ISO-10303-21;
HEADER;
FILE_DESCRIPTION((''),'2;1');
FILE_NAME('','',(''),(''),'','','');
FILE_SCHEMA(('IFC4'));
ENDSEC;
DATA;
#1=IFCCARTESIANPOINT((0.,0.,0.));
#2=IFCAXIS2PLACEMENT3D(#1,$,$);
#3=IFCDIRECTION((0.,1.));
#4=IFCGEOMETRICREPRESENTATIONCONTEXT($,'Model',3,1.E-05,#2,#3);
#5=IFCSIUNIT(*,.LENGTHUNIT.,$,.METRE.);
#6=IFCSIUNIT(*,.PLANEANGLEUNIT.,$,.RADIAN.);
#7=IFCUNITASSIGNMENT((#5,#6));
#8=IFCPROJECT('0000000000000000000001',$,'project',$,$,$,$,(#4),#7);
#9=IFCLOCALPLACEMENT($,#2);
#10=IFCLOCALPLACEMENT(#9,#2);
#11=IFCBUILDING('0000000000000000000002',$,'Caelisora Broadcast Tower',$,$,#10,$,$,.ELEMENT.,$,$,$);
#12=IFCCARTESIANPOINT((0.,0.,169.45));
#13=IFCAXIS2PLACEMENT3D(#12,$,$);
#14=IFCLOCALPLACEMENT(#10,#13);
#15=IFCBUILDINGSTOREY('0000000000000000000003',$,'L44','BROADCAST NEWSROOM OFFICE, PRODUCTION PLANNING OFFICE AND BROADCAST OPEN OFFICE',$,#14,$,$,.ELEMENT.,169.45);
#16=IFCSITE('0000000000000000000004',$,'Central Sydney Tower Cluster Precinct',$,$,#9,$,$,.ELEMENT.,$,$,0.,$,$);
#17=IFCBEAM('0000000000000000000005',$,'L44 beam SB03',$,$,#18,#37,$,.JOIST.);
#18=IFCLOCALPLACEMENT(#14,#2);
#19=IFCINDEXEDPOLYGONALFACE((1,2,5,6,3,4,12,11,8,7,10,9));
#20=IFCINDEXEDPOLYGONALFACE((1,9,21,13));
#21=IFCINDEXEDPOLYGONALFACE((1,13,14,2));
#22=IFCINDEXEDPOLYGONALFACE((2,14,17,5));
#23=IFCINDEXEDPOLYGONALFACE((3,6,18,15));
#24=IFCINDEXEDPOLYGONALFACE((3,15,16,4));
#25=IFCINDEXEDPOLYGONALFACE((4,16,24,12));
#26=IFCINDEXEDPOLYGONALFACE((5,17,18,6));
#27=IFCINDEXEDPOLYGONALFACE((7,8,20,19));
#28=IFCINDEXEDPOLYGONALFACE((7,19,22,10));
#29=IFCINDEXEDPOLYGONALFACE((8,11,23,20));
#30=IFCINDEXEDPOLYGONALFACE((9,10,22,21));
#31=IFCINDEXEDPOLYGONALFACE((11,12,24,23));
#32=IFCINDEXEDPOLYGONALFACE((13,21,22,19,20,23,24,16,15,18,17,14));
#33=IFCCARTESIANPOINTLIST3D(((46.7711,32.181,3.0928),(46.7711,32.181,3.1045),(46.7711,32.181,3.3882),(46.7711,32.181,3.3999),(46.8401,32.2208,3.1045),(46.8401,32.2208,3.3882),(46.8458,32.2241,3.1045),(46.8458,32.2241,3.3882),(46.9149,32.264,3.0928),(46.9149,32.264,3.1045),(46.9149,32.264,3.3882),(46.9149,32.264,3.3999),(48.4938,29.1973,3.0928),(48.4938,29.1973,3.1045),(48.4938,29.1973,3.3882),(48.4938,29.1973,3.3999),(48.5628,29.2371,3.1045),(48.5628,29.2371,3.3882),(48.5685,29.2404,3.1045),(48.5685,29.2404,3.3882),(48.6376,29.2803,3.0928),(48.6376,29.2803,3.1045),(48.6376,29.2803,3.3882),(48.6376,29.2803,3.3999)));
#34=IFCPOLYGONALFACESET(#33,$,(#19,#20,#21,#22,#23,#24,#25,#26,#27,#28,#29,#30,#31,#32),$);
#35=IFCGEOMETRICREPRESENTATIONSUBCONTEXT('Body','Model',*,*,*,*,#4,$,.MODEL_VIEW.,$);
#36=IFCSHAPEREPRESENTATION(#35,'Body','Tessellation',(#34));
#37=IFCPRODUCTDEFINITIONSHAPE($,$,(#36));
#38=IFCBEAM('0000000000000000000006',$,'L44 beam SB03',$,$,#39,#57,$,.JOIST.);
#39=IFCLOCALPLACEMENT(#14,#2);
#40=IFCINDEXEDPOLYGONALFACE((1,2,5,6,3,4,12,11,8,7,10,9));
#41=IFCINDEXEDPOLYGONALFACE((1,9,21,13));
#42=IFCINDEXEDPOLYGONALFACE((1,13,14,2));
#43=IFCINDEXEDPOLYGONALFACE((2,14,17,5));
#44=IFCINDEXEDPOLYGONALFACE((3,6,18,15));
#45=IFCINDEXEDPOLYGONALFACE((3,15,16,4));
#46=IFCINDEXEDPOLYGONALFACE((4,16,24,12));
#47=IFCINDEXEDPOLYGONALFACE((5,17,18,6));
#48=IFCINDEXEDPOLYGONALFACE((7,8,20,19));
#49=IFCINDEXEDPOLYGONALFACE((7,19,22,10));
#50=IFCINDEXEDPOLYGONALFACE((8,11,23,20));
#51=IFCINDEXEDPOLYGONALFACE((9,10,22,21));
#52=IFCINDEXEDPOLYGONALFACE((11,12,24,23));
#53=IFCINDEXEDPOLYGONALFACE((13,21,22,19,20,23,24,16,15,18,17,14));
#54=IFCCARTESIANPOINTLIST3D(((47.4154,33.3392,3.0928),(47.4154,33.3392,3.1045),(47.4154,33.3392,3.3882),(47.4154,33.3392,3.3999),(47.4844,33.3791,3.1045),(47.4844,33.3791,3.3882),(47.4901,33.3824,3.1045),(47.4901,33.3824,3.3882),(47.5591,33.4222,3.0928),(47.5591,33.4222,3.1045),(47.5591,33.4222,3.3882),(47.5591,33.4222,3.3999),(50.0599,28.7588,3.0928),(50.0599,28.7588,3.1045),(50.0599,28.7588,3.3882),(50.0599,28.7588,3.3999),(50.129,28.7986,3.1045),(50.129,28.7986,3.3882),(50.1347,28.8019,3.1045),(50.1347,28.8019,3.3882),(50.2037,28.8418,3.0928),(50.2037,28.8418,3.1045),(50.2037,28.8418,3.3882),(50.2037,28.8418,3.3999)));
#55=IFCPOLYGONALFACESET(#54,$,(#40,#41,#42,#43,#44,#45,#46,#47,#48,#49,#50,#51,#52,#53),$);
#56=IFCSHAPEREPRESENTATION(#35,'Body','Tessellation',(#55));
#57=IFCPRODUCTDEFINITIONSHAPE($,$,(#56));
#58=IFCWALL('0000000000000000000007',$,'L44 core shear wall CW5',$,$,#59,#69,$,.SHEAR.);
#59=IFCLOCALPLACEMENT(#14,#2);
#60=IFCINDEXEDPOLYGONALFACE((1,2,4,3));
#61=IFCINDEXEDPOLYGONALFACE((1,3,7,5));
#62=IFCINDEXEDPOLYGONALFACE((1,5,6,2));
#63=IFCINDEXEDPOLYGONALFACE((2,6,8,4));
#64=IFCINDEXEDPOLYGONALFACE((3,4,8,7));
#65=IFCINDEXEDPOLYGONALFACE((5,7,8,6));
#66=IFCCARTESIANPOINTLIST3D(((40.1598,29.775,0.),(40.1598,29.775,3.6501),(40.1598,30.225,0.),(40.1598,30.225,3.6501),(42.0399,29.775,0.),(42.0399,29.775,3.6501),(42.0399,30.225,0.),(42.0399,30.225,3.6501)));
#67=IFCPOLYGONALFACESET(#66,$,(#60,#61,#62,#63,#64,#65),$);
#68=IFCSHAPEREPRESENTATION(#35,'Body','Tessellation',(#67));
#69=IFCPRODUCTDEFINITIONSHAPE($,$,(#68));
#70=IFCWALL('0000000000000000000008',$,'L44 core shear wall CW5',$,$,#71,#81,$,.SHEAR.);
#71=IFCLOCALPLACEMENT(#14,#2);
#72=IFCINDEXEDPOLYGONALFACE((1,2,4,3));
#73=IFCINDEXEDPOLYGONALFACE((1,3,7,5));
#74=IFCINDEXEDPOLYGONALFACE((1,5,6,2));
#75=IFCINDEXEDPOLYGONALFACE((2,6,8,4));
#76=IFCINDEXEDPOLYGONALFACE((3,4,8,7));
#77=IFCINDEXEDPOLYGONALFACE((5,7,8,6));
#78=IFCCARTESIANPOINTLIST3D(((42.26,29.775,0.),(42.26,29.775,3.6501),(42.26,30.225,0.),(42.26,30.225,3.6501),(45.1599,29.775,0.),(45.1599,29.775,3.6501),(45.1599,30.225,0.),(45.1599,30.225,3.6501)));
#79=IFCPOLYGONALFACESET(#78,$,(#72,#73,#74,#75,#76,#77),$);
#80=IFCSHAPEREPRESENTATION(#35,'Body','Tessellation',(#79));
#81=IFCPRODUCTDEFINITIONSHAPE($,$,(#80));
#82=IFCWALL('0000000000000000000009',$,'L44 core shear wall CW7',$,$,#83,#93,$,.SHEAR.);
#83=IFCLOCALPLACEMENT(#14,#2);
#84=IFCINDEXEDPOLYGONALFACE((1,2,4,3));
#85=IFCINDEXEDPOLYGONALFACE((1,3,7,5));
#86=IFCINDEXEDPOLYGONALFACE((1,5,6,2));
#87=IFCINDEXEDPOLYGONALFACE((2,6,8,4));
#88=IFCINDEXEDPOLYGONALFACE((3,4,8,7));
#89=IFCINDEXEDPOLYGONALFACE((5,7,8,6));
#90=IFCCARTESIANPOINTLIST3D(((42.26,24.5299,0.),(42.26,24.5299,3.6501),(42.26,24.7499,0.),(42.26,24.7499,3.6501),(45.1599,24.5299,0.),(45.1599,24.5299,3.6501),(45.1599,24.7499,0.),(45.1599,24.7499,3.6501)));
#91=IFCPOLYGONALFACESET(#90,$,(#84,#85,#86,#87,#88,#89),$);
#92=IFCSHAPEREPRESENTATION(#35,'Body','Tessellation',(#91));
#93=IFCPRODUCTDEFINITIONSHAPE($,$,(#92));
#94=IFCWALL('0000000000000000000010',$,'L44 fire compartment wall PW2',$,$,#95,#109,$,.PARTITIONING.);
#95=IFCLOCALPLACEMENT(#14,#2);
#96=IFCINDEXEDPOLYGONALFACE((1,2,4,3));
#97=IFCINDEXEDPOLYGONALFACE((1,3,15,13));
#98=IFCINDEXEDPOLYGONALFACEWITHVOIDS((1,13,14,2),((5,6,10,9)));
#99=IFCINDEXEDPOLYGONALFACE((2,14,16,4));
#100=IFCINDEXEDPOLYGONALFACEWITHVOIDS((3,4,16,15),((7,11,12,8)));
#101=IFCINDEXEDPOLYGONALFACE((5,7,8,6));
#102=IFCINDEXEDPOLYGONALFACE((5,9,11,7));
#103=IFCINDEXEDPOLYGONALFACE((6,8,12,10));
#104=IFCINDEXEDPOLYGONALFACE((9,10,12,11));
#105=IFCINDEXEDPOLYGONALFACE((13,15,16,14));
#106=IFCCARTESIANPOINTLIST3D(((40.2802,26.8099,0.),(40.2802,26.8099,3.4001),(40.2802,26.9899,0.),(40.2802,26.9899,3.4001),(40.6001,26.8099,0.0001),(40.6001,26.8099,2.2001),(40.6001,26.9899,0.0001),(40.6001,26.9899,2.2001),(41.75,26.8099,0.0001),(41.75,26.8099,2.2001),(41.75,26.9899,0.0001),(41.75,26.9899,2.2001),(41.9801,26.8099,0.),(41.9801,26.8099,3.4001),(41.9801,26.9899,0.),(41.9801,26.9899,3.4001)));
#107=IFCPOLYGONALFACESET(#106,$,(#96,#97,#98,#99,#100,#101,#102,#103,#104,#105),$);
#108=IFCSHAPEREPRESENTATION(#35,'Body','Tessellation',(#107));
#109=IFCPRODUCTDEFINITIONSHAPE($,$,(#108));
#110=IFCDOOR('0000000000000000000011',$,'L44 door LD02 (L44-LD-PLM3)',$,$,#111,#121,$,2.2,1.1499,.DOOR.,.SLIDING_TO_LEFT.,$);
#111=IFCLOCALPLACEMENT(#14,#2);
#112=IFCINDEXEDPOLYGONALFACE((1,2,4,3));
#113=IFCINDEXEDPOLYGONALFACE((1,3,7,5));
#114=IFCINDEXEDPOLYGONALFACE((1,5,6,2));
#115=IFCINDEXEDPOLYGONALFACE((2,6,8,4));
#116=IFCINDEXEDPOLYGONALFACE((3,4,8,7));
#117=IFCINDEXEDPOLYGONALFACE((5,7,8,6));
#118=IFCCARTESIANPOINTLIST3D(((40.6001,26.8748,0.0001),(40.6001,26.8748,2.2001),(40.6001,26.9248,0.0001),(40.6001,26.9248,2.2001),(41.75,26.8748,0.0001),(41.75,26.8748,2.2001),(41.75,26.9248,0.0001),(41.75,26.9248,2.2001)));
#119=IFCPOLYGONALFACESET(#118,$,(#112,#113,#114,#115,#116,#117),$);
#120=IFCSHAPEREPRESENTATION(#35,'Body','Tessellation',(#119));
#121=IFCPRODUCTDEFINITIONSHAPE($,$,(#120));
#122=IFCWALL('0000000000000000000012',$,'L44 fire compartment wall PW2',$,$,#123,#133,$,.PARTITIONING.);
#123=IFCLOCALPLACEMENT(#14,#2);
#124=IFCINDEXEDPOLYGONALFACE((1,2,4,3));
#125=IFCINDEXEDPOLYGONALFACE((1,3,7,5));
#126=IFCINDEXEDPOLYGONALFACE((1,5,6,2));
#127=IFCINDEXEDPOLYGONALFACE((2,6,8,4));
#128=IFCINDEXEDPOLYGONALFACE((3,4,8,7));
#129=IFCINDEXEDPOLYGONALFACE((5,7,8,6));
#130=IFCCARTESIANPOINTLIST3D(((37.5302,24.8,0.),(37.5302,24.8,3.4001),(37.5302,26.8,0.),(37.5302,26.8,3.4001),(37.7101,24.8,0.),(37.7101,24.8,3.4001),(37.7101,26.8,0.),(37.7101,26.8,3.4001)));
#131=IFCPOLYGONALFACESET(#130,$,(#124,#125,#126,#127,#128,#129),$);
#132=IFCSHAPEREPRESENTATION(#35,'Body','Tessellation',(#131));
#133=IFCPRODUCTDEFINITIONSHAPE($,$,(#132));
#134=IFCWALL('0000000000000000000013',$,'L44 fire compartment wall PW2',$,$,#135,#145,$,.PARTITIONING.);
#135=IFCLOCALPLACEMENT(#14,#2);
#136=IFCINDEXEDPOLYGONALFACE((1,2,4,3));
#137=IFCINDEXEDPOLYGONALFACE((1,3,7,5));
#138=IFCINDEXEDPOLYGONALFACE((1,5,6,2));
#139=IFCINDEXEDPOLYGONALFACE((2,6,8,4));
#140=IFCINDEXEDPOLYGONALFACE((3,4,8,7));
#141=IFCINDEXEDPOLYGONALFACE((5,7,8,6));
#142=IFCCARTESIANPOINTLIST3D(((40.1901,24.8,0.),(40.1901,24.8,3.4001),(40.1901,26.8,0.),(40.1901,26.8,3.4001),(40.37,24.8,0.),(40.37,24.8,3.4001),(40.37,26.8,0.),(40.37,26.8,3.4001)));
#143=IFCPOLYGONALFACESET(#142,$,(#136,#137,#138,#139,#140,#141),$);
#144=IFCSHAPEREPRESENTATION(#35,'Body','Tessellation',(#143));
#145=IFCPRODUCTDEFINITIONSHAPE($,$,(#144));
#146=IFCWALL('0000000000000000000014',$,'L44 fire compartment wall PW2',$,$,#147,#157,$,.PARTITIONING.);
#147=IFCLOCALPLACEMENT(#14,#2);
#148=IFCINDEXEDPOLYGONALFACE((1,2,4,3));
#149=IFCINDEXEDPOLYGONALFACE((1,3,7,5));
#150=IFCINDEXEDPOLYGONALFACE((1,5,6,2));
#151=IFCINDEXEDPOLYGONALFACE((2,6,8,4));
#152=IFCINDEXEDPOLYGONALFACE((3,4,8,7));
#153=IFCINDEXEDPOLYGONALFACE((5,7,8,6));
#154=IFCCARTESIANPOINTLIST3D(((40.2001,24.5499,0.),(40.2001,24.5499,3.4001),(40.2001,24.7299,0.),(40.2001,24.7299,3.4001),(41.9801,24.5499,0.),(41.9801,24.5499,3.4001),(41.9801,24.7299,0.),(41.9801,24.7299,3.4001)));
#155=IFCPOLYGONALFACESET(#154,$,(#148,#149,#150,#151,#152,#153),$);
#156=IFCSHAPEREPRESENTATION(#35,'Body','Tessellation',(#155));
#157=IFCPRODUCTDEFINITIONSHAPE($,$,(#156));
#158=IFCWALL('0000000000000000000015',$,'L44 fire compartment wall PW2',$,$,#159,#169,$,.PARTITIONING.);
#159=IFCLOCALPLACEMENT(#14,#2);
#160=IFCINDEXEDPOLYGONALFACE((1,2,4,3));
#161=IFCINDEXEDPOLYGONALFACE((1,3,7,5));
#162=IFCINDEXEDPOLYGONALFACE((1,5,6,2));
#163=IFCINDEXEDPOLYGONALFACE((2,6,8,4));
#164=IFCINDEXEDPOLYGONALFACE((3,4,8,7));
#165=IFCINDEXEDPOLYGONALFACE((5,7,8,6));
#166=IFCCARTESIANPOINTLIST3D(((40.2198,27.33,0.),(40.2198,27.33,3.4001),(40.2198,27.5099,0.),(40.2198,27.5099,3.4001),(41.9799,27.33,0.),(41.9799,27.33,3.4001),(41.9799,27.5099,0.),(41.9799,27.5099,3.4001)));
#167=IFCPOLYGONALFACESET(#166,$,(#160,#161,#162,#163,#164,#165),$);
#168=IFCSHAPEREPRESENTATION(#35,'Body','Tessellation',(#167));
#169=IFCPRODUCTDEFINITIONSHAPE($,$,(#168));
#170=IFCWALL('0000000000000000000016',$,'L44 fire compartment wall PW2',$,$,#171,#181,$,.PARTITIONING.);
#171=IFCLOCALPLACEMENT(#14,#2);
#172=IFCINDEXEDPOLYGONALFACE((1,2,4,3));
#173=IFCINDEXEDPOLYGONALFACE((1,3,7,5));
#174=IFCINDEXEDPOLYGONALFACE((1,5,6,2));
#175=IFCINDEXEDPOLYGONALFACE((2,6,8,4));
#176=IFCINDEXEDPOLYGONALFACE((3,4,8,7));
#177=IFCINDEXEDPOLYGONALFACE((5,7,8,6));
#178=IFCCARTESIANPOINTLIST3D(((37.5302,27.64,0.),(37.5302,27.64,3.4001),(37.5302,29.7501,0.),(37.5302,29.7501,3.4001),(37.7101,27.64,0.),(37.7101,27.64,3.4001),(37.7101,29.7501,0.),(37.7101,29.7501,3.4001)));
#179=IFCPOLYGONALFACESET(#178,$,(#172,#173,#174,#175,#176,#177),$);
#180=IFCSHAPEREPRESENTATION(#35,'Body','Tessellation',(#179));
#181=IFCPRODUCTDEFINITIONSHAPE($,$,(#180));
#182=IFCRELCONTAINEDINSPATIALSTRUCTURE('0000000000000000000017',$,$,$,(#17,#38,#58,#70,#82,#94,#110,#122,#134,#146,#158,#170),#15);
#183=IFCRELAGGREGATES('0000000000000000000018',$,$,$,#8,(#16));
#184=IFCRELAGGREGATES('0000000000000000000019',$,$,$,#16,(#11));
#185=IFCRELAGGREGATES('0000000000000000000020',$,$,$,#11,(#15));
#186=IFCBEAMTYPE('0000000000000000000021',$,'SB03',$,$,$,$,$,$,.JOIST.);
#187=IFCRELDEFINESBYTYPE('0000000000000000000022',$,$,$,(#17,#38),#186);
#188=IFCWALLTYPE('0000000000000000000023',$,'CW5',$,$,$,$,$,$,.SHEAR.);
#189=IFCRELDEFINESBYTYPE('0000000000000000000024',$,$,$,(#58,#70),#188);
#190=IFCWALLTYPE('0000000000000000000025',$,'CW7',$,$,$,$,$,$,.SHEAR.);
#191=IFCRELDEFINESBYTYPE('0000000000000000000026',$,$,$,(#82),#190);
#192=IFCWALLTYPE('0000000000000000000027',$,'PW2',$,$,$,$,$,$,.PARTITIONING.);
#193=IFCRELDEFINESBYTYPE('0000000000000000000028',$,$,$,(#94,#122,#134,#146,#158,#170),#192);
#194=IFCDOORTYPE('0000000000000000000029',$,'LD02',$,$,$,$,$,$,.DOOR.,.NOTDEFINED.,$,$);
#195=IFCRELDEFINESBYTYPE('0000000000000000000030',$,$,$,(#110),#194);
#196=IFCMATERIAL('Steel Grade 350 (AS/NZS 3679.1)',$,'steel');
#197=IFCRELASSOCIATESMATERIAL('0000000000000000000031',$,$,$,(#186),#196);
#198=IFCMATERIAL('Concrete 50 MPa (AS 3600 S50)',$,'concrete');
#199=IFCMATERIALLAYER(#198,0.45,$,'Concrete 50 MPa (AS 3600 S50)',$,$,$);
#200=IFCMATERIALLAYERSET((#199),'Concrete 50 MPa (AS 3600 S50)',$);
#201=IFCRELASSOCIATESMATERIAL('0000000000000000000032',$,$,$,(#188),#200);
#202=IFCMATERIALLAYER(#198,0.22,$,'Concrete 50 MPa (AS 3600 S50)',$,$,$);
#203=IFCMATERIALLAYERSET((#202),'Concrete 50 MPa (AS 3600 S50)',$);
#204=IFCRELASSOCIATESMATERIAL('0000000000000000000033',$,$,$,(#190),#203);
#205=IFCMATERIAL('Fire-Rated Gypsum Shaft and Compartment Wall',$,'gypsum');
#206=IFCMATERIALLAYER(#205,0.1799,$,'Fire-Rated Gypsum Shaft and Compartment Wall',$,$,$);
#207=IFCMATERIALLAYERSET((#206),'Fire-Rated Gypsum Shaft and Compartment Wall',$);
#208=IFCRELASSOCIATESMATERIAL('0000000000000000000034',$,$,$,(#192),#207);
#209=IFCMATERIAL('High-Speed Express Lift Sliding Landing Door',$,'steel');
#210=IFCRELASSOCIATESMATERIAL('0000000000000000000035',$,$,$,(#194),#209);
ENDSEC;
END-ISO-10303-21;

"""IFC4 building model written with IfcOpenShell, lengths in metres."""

from ifc_helpers import new_model, si_unit, direction, frame, frame_2d, origin, origin_2d, place, context, subcontext, project, spatial, rectangle, i_section, extrude, source, transform, mapped, material, layer, layer_set, material_profile, profile_set, type_object, type_shapes, element, fill, save


model = new_model("IFC4")

# Units and contexts
model_context = context("Model", 3, precision=1e-05, world=origin(), true_north=direction((0.0, 1.0)))
body_context = subcontext(model_context, "Body", "Model", "MODEL_VIEW")
ifc_project = project(units=[si_unit("LENGTHUNIT", "METRE"), si_unit("PLANEANGLEUNIT", "RADIAN")], contexts=[model_context])

# Site, building, storey
site_placement = place(None, origin())
site = spatial("IfcSite", under=ifc_project, at=site_placement, Name="Central Sydney Tower Cluster Precinct", CompositionType="ELEMENT", RefElevation=0.0)
building_placement = place(site_placement, origin())
building = spatial("IfcBuilding", under=site, at=building_placement, Name="Caelisora Broadcast Tower", CompositionType="ELEMENT")
storey_placement = place(building_placement, frame((0.0, 0.0, 169.45)))
storey = spatial("IfcBuildingStorey", under=building, at=storey_placement, Name="L44", Description="BROADCAST NEWSROOM OFFICE, PRODUCTION PLANNING OFFICE AND BROADCAST OPEN OFFICE", CompositionType="ELEMENT", Elevation=169.45)

# Beams
ifc_material_1 = material(Name="Concrete 50 MPa (AS 3600 S50)", Category="concrete")
ifc_material_2 = material(Name="Steel Grade 350 (AS/NZS 3679.1)", Category="steel")
ifc_material_profile_1 = material_profile(ifc_material_2, i_section(OverallWidth=0.166, OverallDepth=0.3071, WebThickness=0.0066, FlangeThickness=0.0117, at=origin_2d()), Name="Steel Grade 350 (AS/NZS 3679.1)")
ifc_profile_set_1 = profile_set([ifc_material_profile_1], Name="Steel Grade 350 (AS/NZS 3679.1)")
beam_type_1 = type_object("IfcBeamType", Name="SB03", PredefinedType="JOIST", material=ifc_profile_set_1)
shared_shape_1 = source(origin(), body_context, "Body", "SweptSolid", [
    extrude(i_section(OverallWidth=0.166, OverallDepth=0.3071, WebThickness=0.0066, FlangeThickness=0.0117, at=origin_2d()), origin(), (0.0, 0.0, 1.0), 3.4453),
])
beam_1_placement = place(storey_placement, frame((48.5657, 29.2388, 3.2463), z_axis=(-0.500011, 0.866019, 0.0), x_axis=(-0.866019, -0.500011, 0.0)))
element("IfcBeam", 1, at=beam_1_placement, inside=storey, type_object=beam_type_1, Name="L44 beam SB03", PredefinedType="JOIST", context=body_context, shape_type="MappedRepresentation", body=[
    mapped(shared_shape_1, transform((0.0, 0.0, 0.0), scale=1.0)),
])
shared_shape_2 = source(origin(), body_context, "Body", "SweptSolid", [
    extrude(i_section(OverallWidth=0.166, OverallDepth=0.3071, WebThickness=0.0066, FlangeThickness=0.0117, at=origin_2d()), origin(), (0.0, 0.0, 1.0), 5.2891),
])
type_shapes(beam_type_1, [shared_shape_1, shared_shape_2])
beam_2_placement = place(storey_placement, frame((50.1318, 28.8003, 3.2463), z_axis=(-0.500011, 0.866019, 0.0), x_axis=(-0.866019, -0.500011, 0.0)))
element("IfcBeam", 2, at=beam_2_placement, inside=storey, type_object=beam_type_1, Name="L44 beam SB03", PredefinedType="JOIST", context=body_context, shape_type="MappedRepresentation", body=[
    mapped(shared_shape_2, transform((0.0, 0.0, 0.0), scale=1.0)),
])

# Walls
ifc_layer_1 = layer(ifc_material_1, 0.45, Name="Concrete 50 MPa (AS 3600 S50)")
ifc_layer_set_1 = layer_set([ifc_layer_1], Name="Concrete 50 MPa (AS 3600 S50)")
wall_type_1 = type_object("IfcWallType", Name="CW5", PredefinedType="SHEAR", material=ifc_layer_set_1)
wall_1_placement = place(storey_placement, frame((40.1599, 30.0, 0.0), z_axis=(0.0, 0.0, 1.0), x_axis=(1.0, 0.0, 0.0)))
element("IfcWall", 3, at=wall_1_placement, inside=storey, type_object=wall_type_1, Name="L44 core shear wall CW5", PredefinedType="SHEAR", context=body_context, shape_type="SweptSolid", body=[
    extrude(rectangle(XDim=1.8801, YDim=0.45, at=frame_2d((0.9399, 0.0))), origin(), (0.0, 0.0, 1.0), 3.6501),
])
wall_2_placement = place(storey_placement, frame((42.26, 30.0, 0.0), z_axis=(0.0, 0.0, 1.0), x_axis=(1.0, 0.0, 0.0)))
element("IfcWall", 4, at=wall_2_placement, inside=storey, type_object=wall_type_1, Name="L44 core shear wall CW5", PredefinedType="SHEAR", context=body_context, shape_type="SweptSolid", body=[
    extrude(rectangle(XDim=2.8999, YDim=0.45, at=frame_2d((1.45, 0.0))), origin(), (0.0, 0.0, 1.0), 3.6501),
])
ifc_layer_2 = layer(ifc_material_1, 0.22, Name="Concrete 50 MPa (AS 3600 S50)")
ifc_layer_set_2 = layer_set([ifc_layer_2], Name="Concrete 50 MPa (AS 3600 S50)")
wall_type_2 = type_object("IfcWallType", Name="CW7", PredefinedType="SHEAR", material=ifc_layer_set_2)
wall_3_placement = place(storey_placement, frame((42.26, 24.6399, 0.0), z_axis=(0.0, 0.0, 1.0), x_axis=(1.0, 0.0, 0.0)))
element("IfcWall", 5, at=wall_3_placement, inside=storey, type_object=wall_type_2, Name="L44 core shear wall CW7", PredefinedType="SHEAR", context=body_context, shape_type="SweptSolid", body=[
    extrude(rectangle(XDim=2.8999, YDim=0.22, at=frame_2d((1.45, 0.0))), origin(), (0.0, 0.0, 1.0), 3.6501),
])

# Wall, opening, door
ifc_material_3 = material(Name="Fire-Rated Gypsum Shaft and Compartment Wall", Category="gypsum")
ifc_layer_3 = layer(ifc_material_3, 0.1799, Name="Fire-Rated Gypsum Shaft and Compartment Wall")
ifc_layer_set_3 = layer_set([ifc_layer_3], Name="Fire-Rated Gypsum Shaft and Compartment Wall")
wall_type_3 = type_object("IfcWallType", Name="PW2", PredefinedType="PARTITIONING", material=ifc_layer_set_3)
wall_4_placement = place(storey_placement, frame((40.28, 26.8999, 0.0), z_axis=(0.0, 0.0, 1.0), x_axis=(1.0, 0.0, 0.0)))
wall_4 = element("IfcWall", 6, at=wall_4_placement, inside=storey, type_object=wall_type_3, Name="L44 fire compartment wall PW2", PredefinedType="PARTITIONING", context=body_context, shape_type="SweptSolid", body=[
    extrude(rectangle(XDim=1.7, YDim=0.1799, at=frame_2d((0.8501, 0.0))), origin(), (0.0, 0.0, 1.0), 3.4001),
])
opening_placement = place(wall_4_placement, frame((0.3201, 0.0, 0.0)))
opening = element("IfcOpeningElement", 7, at=opening_placement, cuts=wall_4, PredefinedType="OPENING", context=body_context, shape_type="SweptSolid", body=[
    extrude(rectangle(XDim=1.1499, YDim=2.2, at=frame_2d((0.575, 1.1001))), frame((0.0, 0.1021, 0.0), z_axis=(0.0, -1.0, 0.0), x_axis=(1.0, 0.0, 0.0)), (0.0, 0.0, 1.0), 0.2039),
])
ifc_material_4 = material(Name="High-Speed Express Lift Sliding Landing Door", Category="steel")
door_type = type_object("IfcDoorType", Name="LD02", OperationType="NOTDEFINED", PredefinedType="DOOR", material=ifc_material_4)
door_placement = place(opening_placement, origin())
door = element("IfcDoor", 8, at=door_placement, inside=storey, type_object=door_type, Name="L44 door LD02 (L44-LD-PLM3)", OperationType="SLIDING_TO_LEFT", OverallHeight=2.2, OverallWidth=1.1499, PredefinedType="DOOR", context=body_context, shape_type="SweptSolid", body=[
    extrude(rectangle(XDim=1.1499, YDim=2.2, at=frame_2d((0.575, 1.1001))), frame((0.0, 0.0249, 0.0), z_axis=(0.0, -1.0, 0.0), x_axis=(1.0, 0.0, 0.0)), (0.0, 0.0, 1.0), 0.05),
])
fill(opening, door)

# Walls
for number, where, z_axis, x_axis, name in (
    (9, (37.6201, 24.8, 0.0), (0.0, 0.0, 1.0), (0.0, 1.0, 0.0), "L44 fire compartment wall PW2"),
    (10, (40.28, 24.8, 0.0), (0.0, 0.0, 1.0), (0.0, 1.0, 0.0), "L44 fire compartment wall PW2"),
):
    element("IfcWall", number, at=place(storey_placement, frame(where, z_axis=z_axis, x_axis=x_axis)), inside=storey, type_object=wall_type_3, Name=name, PredefinedType="PARTITIONING", context=body_context, shape_type="SweptSolid", body=[
        extrude(rectangle(XDim=2.0, YDim=0.1799, at=frame_2d((1.0, 0.0))), origin(), (0.0, 0.0, 1.0), 3.4001),
    ])
wall_5_placement = place(storey_placement, frame((40.2, 24.6399, 0.0), z_axis=(0.0, 0.0, 1.0), x_axis=(1.0, 0.0, 0.0)))
element("IfcWall", 11, at=wall_5_placement, inside=storey, type_object=wall_type_3, Name="L44 fire compartment wall PW2", PredefinedType="PARTITIONING", context=body_context, shape_type="SweptSolid", body=[
    extrude(rectangle(XDim=1.78, YDim=0.1799, at=frame_2d((0.8901, 0.0))), origin(), (0.0, 0.0, 1.0), 3.4001),
])
wall_6_placement = place(storey_placement, frame((40.22, 27.4199, 0.0), z_axis=(0.0, 0.0, 1.0), x_axis=(1.0, 0.0, 0.0)))
element("IfcWall", 12, at=wall_6_placement, inside=storey, type_object=wall_type_3, Name="L44 fire compartment wall PW2", PredefinedType="PARTITIONING", context=body_context, shape_type="SweptSolid", body=[
    extrude(rectangle(XDim=1.76, YDim=0.1799, at=frame_2d((0.8799, 0.0))), origin(), (0.0, 0.0, 1.0), 3.4001),
])
for number, where, z_axis, x_axis, name in (
    (13, (37.6201, 27.6399, 0.0), (0.0, 0.0, 1.0), (0.0, 1.0, 0.0), "L44 fire compartment wall PW2"),
):
    element("IfcWall", number, at=place(storey_placement, frame(where, z_axis=z_axis, x_axis=x_axis)), inside=storey, type_object=wall_type_3, Name=name, PredefinedType="PARTITIONING", context=body_context, shape_type="SweptSolid", body=[
        extrude(rectangle(XDim=2.1101, YDim=0.1799, at=frame_2d((1.0552, 0.0))), origin(), (0.0, 0.0, 1.0), 3.4001),
    ])

save(model, "model.ifc")
